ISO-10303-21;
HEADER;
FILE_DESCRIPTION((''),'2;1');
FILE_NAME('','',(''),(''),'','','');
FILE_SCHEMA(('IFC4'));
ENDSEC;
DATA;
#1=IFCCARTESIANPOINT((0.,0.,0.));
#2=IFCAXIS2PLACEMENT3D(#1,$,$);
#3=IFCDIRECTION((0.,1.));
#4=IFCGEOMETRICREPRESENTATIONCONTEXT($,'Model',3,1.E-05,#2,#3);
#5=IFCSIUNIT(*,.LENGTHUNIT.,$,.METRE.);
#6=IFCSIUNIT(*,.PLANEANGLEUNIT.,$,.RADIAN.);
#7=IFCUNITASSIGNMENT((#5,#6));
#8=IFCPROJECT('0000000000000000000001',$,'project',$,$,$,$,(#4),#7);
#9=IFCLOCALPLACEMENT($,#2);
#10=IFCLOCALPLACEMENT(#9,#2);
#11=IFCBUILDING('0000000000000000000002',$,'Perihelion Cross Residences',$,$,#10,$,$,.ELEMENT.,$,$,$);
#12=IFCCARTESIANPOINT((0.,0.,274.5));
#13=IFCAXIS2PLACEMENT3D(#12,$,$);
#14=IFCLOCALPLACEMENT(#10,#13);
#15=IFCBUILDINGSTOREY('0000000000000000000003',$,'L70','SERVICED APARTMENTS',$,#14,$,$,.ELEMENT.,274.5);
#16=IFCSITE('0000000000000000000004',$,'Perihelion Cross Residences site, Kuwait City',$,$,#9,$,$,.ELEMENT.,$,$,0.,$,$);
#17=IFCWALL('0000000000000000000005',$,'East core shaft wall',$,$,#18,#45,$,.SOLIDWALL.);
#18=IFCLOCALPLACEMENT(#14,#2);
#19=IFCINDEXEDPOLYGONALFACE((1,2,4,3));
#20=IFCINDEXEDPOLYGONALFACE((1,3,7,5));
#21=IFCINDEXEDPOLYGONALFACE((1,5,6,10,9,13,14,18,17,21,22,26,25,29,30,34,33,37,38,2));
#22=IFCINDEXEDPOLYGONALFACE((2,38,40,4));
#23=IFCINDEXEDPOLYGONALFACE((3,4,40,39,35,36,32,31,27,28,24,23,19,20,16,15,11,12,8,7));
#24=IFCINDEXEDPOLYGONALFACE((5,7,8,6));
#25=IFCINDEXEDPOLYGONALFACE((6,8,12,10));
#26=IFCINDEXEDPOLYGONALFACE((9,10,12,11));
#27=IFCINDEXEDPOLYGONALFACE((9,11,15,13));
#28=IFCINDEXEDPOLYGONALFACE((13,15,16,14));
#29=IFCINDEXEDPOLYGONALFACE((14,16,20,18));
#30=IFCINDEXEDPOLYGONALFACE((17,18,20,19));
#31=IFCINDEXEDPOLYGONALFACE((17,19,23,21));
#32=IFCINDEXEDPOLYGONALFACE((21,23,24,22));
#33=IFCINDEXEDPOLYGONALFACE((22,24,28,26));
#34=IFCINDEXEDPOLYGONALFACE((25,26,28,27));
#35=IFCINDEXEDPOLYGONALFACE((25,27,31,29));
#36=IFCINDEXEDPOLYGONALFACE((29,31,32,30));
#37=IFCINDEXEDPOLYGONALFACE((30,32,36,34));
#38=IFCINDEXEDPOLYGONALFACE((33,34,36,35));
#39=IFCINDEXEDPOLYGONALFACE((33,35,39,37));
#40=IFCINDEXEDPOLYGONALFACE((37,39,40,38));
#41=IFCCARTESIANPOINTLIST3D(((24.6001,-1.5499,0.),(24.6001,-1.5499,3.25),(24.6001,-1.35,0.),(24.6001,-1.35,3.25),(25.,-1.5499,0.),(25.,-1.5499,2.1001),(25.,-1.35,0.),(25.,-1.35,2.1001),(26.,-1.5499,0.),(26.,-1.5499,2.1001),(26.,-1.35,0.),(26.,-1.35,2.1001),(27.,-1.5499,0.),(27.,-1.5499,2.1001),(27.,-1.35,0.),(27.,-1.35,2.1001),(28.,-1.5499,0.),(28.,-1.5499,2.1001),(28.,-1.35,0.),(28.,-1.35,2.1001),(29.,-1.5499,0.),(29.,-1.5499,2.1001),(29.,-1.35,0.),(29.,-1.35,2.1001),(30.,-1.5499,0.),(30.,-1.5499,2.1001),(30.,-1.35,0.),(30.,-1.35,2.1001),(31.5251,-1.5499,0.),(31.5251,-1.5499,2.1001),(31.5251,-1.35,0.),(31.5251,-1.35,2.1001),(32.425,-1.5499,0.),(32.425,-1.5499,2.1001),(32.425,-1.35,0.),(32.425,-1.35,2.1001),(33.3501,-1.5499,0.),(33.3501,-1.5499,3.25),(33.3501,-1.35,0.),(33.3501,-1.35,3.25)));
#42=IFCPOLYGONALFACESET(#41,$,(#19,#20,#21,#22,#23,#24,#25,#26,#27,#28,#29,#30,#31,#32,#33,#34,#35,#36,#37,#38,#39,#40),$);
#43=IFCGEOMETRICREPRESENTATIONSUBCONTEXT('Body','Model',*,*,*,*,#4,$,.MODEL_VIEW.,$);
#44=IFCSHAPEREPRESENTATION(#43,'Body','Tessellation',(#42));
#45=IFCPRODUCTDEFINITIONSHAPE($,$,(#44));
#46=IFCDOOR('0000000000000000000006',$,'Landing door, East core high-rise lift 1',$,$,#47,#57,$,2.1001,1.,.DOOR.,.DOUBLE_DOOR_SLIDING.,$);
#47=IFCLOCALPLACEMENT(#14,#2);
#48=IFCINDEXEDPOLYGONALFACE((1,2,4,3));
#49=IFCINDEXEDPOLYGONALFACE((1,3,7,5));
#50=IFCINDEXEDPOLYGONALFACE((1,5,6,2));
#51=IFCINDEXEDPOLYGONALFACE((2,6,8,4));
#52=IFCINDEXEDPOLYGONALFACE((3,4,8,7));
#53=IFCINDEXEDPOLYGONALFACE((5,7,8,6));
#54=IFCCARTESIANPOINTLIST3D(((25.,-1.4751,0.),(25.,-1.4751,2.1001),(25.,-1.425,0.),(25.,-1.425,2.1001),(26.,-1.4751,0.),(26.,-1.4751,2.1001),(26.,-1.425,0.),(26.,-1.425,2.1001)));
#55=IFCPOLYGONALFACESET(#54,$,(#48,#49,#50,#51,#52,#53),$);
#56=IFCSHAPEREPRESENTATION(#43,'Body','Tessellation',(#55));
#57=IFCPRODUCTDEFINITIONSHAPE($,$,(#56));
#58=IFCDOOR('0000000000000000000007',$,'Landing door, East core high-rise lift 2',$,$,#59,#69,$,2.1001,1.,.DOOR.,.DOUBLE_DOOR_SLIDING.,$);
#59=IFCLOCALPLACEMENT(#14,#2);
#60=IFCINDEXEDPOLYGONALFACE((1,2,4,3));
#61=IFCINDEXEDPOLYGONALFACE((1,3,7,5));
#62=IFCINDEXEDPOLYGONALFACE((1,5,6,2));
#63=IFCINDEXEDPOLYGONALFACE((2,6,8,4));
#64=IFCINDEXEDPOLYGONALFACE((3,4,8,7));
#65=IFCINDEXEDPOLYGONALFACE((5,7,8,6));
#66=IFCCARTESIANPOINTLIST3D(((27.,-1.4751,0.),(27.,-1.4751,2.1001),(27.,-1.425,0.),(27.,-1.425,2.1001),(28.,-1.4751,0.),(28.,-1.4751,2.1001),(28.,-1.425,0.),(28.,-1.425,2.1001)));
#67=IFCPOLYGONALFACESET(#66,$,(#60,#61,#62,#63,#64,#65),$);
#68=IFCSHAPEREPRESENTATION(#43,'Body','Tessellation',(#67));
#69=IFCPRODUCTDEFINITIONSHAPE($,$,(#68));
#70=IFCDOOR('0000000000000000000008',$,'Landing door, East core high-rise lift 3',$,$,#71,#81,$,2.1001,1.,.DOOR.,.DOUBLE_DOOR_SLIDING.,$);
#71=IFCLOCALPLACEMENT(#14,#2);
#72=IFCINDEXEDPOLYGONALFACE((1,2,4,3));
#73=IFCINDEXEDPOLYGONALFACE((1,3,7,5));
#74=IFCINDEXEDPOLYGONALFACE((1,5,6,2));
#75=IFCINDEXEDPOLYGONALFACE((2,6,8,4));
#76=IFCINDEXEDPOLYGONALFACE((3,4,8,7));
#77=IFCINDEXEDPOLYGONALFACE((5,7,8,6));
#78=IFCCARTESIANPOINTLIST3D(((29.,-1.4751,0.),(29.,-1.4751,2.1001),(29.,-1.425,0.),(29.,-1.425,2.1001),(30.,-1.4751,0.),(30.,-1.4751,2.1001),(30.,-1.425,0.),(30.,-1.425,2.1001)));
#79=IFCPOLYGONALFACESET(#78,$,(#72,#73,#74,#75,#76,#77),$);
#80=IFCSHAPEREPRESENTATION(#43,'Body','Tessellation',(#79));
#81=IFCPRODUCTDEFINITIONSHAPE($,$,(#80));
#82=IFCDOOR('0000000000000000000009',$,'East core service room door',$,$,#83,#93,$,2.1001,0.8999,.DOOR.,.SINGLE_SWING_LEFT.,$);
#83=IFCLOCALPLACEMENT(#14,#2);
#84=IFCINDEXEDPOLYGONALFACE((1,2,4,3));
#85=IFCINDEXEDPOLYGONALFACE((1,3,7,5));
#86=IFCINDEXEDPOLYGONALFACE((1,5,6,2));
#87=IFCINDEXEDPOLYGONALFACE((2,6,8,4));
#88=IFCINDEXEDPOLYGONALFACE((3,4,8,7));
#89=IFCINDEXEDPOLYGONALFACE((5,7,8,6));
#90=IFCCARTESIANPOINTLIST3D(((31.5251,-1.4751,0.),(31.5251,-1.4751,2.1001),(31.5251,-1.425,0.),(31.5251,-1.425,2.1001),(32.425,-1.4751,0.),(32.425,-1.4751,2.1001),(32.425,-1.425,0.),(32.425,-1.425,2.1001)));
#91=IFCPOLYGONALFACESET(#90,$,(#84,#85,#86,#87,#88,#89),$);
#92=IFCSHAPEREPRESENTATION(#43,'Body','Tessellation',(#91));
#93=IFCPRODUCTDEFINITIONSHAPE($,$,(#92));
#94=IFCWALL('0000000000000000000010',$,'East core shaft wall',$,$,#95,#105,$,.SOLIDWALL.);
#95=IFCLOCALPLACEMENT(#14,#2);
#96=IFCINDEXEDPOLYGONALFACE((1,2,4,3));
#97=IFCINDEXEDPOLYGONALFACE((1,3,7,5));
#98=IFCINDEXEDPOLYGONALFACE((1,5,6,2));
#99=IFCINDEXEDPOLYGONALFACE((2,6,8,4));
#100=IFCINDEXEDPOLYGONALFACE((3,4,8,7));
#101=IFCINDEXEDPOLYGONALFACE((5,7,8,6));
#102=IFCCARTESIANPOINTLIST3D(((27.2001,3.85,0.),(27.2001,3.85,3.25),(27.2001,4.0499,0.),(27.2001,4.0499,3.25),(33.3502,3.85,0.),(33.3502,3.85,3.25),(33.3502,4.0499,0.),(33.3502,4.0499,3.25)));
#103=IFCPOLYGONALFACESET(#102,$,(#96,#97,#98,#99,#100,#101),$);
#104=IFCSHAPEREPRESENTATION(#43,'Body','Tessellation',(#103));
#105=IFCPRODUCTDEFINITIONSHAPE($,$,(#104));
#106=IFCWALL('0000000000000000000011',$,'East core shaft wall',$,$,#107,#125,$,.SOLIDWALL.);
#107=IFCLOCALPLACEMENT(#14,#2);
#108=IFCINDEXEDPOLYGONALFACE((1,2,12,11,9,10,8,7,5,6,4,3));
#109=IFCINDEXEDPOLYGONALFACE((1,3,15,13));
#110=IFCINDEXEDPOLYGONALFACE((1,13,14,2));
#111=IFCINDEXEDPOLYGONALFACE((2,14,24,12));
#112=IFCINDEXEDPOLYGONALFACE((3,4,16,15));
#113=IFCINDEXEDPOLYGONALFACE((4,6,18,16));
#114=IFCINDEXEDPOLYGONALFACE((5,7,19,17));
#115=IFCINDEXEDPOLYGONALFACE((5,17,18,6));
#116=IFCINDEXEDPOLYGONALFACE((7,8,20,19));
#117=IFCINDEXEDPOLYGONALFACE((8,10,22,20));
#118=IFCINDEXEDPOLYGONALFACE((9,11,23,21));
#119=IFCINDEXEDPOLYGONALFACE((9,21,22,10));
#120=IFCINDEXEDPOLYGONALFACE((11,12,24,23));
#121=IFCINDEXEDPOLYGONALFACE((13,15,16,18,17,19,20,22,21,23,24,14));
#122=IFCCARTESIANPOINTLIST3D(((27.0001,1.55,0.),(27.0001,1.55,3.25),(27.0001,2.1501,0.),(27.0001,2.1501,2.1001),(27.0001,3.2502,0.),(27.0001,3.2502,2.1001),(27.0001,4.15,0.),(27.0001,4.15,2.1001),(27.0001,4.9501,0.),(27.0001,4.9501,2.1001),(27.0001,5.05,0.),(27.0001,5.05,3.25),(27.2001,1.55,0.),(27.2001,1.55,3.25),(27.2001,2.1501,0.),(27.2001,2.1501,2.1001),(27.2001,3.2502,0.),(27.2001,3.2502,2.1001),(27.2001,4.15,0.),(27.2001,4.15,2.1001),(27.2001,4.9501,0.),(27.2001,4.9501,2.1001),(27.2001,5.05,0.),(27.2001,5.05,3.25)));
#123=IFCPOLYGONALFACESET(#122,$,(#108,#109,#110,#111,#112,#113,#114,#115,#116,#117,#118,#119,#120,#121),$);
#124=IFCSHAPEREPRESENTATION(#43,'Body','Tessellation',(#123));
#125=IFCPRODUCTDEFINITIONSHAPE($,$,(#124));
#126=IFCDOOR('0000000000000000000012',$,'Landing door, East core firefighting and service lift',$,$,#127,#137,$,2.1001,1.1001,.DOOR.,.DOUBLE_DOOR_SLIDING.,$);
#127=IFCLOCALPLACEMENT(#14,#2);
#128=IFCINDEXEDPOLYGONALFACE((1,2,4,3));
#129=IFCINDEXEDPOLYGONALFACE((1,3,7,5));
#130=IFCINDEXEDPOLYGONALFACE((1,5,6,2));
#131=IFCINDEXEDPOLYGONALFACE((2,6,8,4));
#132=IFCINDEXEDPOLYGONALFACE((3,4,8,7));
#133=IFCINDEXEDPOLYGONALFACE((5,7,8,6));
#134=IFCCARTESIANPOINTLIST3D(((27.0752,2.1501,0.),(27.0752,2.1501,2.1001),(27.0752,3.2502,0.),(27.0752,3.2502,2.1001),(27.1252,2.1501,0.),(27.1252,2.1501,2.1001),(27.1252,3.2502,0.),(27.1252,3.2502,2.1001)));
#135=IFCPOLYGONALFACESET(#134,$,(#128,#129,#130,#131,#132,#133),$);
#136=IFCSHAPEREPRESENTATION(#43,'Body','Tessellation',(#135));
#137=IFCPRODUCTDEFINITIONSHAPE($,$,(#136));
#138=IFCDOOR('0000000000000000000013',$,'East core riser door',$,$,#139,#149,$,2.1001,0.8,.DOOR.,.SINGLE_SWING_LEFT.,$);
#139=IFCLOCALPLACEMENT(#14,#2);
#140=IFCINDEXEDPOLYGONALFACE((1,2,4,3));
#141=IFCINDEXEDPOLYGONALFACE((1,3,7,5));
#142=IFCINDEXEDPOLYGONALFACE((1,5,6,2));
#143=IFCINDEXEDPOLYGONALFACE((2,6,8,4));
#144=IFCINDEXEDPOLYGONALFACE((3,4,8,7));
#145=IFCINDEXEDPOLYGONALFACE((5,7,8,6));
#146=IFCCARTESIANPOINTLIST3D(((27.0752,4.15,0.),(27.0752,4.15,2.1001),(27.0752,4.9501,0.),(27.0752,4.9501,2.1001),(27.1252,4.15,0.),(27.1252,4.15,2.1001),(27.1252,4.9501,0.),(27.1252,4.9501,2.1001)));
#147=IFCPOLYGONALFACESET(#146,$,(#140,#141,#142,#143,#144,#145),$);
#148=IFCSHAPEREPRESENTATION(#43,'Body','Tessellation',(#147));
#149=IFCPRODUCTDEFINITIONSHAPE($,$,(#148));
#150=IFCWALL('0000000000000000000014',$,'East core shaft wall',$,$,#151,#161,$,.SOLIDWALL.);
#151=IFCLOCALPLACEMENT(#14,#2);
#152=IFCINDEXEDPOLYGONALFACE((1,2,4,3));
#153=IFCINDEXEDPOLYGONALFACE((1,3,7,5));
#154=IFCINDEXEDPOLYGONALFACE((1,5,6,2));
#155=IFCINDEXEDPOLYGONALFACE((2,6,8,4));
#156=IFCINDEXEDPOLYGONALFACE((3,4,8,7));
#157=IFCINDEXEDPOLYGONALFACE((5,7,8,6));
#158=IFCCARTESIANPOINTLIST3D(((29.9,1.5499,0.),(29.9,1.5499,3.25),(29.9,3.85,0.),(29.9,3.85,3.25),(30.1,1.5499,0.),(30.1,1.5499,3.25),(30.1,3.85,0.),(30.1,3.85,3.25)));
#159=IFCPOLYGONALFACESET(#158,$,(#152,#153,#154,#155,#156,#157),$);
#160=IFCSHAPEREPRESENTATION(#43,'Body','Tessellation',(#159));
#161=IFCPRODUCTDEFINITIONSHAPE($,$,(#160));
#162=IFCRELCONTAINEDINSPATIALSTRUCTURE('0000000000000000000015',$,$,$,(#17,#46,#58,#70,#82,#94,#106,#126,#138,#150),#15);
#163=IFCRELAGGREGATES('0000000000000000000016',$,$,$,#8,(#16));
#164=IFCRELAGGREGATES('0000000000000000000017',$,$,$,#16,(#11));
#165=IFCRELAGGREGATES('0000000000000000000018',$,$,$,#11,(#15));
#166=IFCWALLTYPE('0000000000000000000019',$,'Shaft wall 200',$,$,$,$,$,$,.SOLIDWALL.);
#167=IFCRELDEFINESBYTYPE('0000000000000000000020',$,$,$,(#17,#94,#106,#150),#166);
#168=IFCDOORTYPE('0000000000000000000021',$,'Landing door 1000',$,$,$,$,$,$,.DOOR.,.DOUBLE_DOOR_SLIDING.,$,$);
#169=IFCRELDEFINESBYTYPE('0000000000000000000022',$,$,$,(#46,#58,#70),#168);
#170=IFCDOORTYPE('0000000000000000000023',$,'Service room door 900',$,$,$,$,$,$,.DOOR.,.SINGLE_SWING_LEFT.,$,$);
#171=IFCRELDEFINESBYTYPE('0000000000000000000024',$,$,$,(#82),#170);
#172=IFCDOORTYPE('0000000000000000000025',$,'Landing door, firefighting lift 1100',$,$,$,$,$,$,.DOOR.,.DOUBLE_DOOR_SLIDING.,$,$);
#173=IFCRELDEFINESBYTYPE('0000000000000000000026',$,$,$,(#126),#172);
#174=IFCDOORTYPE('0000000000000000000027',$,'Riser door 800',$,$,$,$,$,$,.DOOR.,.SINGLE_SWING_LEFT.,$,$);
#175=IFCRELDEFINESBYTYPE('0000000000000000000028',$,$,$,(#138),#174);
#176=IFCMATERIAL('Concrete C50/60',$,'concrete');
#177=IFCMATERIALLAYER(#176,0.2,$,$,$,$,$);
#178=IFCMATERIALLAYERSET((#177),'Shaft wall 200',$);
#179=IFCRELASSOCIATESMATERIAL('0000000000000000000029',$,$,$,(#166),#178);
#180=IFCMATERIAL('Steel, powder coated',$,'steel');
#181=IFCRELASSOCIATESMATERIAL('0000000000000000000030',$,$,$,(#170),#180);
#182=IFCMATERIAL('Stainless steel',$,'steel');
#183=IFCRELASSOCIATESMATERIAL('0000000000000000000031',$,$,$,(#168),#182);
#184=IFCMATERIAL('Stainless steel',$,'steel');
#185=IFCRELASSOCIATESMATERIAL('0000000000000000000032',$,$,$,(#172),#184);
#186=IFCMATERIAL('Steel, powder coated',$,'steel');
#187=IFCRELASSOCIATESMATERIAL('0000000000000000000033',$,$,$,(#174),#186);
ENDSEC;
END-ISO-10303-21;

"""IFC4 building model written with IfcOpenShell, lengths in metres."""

from ifc_helpers import new_model, si_unit, direction, frame, frame_2d, origin, place, context, subcontext, project, spatial, rectangle, extrude, material, layer, layer_set, type_object, element, fill, save


model = new_model("IFC4")

# Units and contexts
model_context = context("Model", 3, precision=1e-05, world=origin(), true_north=direction((0.0, 1.0)))
body_context = subcontext(model_context, "Body", "Model", "MODEL_VIEW")
ifc_project = project(units=[si_unit("LENGTHUNIT", "METRE"), si_unit("PLANEANGLEUNIT", "RADIAN")], contexts=[model_context])

# Site, building, storey
site_placement = place(None, origin())
site = spatial("IfcSite", under=ifc_project, at=site_placement, Name="Perihelion Cross Residences site, Kuwait City", CompositionType="ELEMENT", RefElevation=0.0)
building_placement = place(site_placement, origin())
building = spatial("IfcBuilding", under=site, at=building_placement, Name="Perihelion Cross Residences", CompositionType="ELEMENT")
storey_placement = place(building_placement, frame((0.0, 0.0, 274.5)))
storey = spatial("IfcBuildingStorey", under=building, at=storey_placement, Name="L70", Description="SERVICED APARTMENTS", CompositionType="ELEMENT", Elevation=274.5)

# Wall, openings, doors
ifc_material_1 = material(Name="Concrete C50/60", Category="concrete")
ifc_layer_1 = layer(ifc_material_1, 0.2)
ifc_layer_set_1 = layer_set([ifc_layer_1], Name="Shaft wall 200")
wall_type_1 = type_object("IfcWallType", Name="Shaft wall 200", PredefinedType="SOLIDWALL", material=ifc_layer_set_1)
ifc_material_2 = material(Name="Steel, powder coated", Category="steel")
door_type_1 = type_object("IfcDoorType", Name="Service room door 900", OperationType="SINGLE_SWING_LEFT", PredefinedType="DOOR", material=ifc_material_2)
wall_1_placement = place(storey_placement, frame((24.6001, -1.45, 0.0), z_axis=(0.0, 0.0, 1.0), x_axis=(1.0, 0.0, 0.0)))
wall_1 = element("IfcWall", 1, at=wall_1_placement, inside=storey, type_object=wall_type_1, Name="East core shaft wall", PredefinedType="SOLIDWALL", context=body_context, shape_type="SweptSolid", body=[
    extrude(rectangle(XDim=8.75, YDim=0.2, at=frame_2d((4.375, 0.0))), origin(), (0.0, 0.0, 1.0), 3.25),
])
opening_1_placement = place(wall_1_placement, frame((0.3999, 0.0, 0.0)))
opening_1 = element("IfcOpeningElement", 2, at=opening_1_placement, cuts=wall_1, PredefinedType="OPENING", context=body_context, shape_type="SweptSolid", body=[
    extrude(rectangle(XDim=1.0, YDim=2.1001, at=frame_2d((0.5, 1.05))), frame((0.0, 0.1099, 0.0), z_axis=(0.0, -1.0, 0.0), x_axis=(1.0, 0.0, 0.0)), (0.0, 0.0, 1.0), 0.22),
])
opening_2_placement = place(wall_1_placement, frame((2.3999, 0.0, 0.0)))
opening_2 = element("IfcOpeningElement", 3, at=opening_2_placement, cuts=wall_1, PredefinedType="OPENING", context=body_context, shape_type="SweptSolid", body=[
    extrude(rectangle(XDim=1.0, YDim=2.1001, at=frame_2d((0.5, 1.05))), frame((0.0, 0.1099, 0.0), z_axis=(0.0, -1.0, 0.0), x_axis=(1.0, 0.0, 0.0)), (0.0, 0.0, 1.0), 0.22),
])
opening_3_placement = place(wall_1_placement, frame((4.3999, 0.0, 0.0)))
opening_3 = element("IfcOpeningElement", 4, at=opening_3_placement, cuts=wall_1, PredefinedType="OPENING", context=body_context, shape_type="SweptSolid", body=[
    extrude(rectangle(XDim=1.0, YDim=2.1001, at=frame_2d((0.5, 1.05))), frame((0.0, 0.1099, 0.0), z_axis=(0.0, -1.0, 0.0), x_axis=(1.0, 0.0, 0.0)), (0.0, 0.0, 1.0), 0.22),
])
opening_4_placement = place(wall_1_placement, frame((6.925, 0.0, 0.0)))
opening_4 = element("IfcOpeningElement", 5, at=opening_4_placement, cuts=wall_1, PredefinedType="OPENING", context=body_context, shape_type="SweptSolid", body=[
    extrude(rectangle(XDim=0.8999, YDim=2.1001, at=frame_2d((0.45, 1.05))), frame((0.0, 0.1099, 0.0), z_axis=(0.0, -1.0, 0.0), x_axis=(1.0, 0.0, 0.0)), (0.0, 0.0, 1.0), 0.22),
])
ifc_material_3 = material(Name="Stainless steel", Category="steel")
door_type_2 = type_object("IfcDoorType", Name="Landing door 1000", OperationType="DOUBLE_DOOR_SLIDING", PredefinedType="DOOR", material=ifc_material_3)
door_1_placement = place(opening_1_placement, origin())
door_1 = element("IfcDoor", 6, at=door_1_placement, inside=storey, type_object=door_type_2, Name="Landing door, East core high-rise lift 1", OperationType="DOUBLE_DOOR_SLIDING", OverallHeight=2.1001, OverallWidth=1.0, PredefinedType="DOOR", context=body_context, shape_type="SweptSolid", body=[
    extrude(rectangle(XDim=1.0, YDim=2.1001, at=frame_2d((0.5, 1.05))), frame((0.0, 0.0249, 0.0), z_axis=(0.0, -1.0, 0.0), x_axis=(1.0, 0.0, 0.0)), (0.0, 0.0, 1.0), 0.05),
])
fill(opening_1, door_1)
door_2_placement = place(opening_2_placement, origin())
door_2 = element("IfcDoor", 7, at=door_2_placement, inside=storey, type_object=door_type_2, Name="Landing door, East core high-rise lift 2", OperationType="DOUBLE_DOOR_SLIDING", OverallHeight=2.1001, OverallWidth=1.0, PredefinedType="DOOR", context=body_context, shape_type="SweptSolid", body=[
    extrude(rectangle(XDim=1.0, YDim=2.1001, at=frame_2d((0.5, 1.05))), frame((0.0, 0.0249, 0.0), z_axis=(0.0, -1.0, 0.0), x_axis=(1.0, 0.0, 0.0)), (0.0, 0.0, 1.0), 0.05),
])
fill(opening_2, door_2)
door_3_placement = place(opening_3_placement, origin())
door_3 = element("IfcDoor", 8, at=door_3_placement, inside=storey, type_object=door_type_2, Name="Landing door, East core high-rise lift 3", OperationType="DOUBLE_DOOR_SLIDING", OverallHeight=2.1001, OverallWidth=1.0, PredefinedType="DOOR", context=body_context, shape_type="SweptSolid", body=[
    extrude(rectangle(XDim=1.0, YDim=2.1001, at=frame_2d((0.5, 1.05))), frame((0.0, 0.0249, 0.0), z_axis=(0.0, -1.0, 0.0), x_axis=(1.0, 0.0, 0.0)), (0.0, 0.0, 1.0), 0.05),
])
fill(opening_3, door_3)
door_4_placement = place(opening_4_placement, origin())
door_4 = element("IfcDoor", 9, at=door_4_placement, inside=storey, type_object=door_type_1, Name="East core service room door", OperationType="SINGLE_SWING_LEFT", OverallHeight=2.1001, OverallWidth=0.8999, PredefinedType="DOOR", context=body_context, shape_type="SweptSolid", body=[
    extrude(rectangle(XDim=0.8999, YDim=2.1001, at=frame_2d((0.45, 1.05))), frame((0.0, 0.0249, 0.0), z_axis=(0.0, -1.0, 0.0), x_axis=(1.0, 0.0, 0.0)), (0.0, 0.0, 1.0), 0.05),
])
fill(opening_4, door_4)

# Wall
wall_2_placement = place(storey_placement, frame((27.2, 3.95, 0.0), z_axis=(0.0, 0.0, 1.0), x_axis=(1.0, 0.0, 0.0)))
element("IfcWall", 10, at=wall_2_placement, inside=storey, type_object=wall_type_1, Name="East core shaft wall", PredefinedType="SOLIDWALL", context=body_context, shape_type="SweptSolid", body=[
    extrude(rectangle(XDim=6.1501, YDim=0.2, at=frame_2d((3.0752, 0.0))), origin(), (0.0, 0.0, 1.0), 3.25),
])

# Wall, openings, doors
wall_3_placement = place(storey_placement, frame((27.1001, 1.55, 0.0), z_axis=(0.0, 0.0, 1.0), x_axis=(0.0, 1.0, 0.0)))
wall_3 = element("IfcWall", 11, at=wall_3_placement, inside=storey, type_object=wall_type_1, Name="East core shaft wall", PredefinedType="SOLIDWALL", context=body_context, shape_type="SweptSolid", body=[
    extrude(rectangle(XDim=3.5, YDim=0.2, at=frame_2d((1.75, 0.0))), origin(), (0.0, 0.0, 1.0), 3.25),
])
opening_5_placement = place(wall_3_placement, frame((0.6001, 0.0, 0.0)))
opening_5 = element("IfcOpeningElement", 12, at=opening_5_placement, cuts=wall_3, PredefinedType="OPENING", context=body_context, shape_type="SweptSolid", body=[
    extrude(rectangle(XDim=1.1001, YDim=2.1001, at=frame_2d((0.55, 1.05))), frame((0.0, 0.1099, 0.0), z_axis=(0.0, -1.0, 0.0), x_axis=(1.0, 0.0, 0.0)), (0.0, 0.0, 1.0), 0.22),
])
opening_6_placement = place(wall_3_placement, frame((2.6001, 0.0, 0.0)))
opening_6 = element("IfcOpeningElement", 13, at=opening_6_placement, cuts=wall_3, PredefinedType="OPENING", context=body_context, shape_type="SweptSolid", body=[
    extrude(rectangle(XDim=0.8, YDim=2.1001, at=frame_2d((0.3999, 1.05))), frame((0.0, 0.1099, 0.0), z_axis=(0.0, -1.0, 0.0), x_axis=(1.0, 0.0, 0.0)), (0.0, 0.0, 1.0), 0.22),
])
ifc_material_4 = material(Name="Stainless steel", Category="steel")
door_type_3 = type_object("IfcDoorType", Name="Landing door, firefighting lift 1100", OperationType="DOUBLE_DOOR_SLIDING", PredefinedType="DOOR", material=ifc_material_4)
door_5_placement = place(opening_5_placement, origin())
door_5 = element("IfcDoor", 14, at=door_5_placement, inside=storey, type_object=door_type_3, Name="Landing door, East core firefighting and service lift", OperationType="DOUBLE_DOOR_SLIDING", OverallHeight=2.1001, OverallWidth=1.1001, PredefinedType="DOOR", context=body_context, shape_type="SweptSolid", body=[
    extrude(rectangle(XDim=1.1001, YDim=2.1001, at=frame_2d((0.55, 1.05))), frame((0.0, 0.0249, 0.0), z_axis=(0.0, -1.0, 0.0), x_axis=(1.0, 0.0, 0.0)), (0.0, 0.0, 1.0), 0.05),
])
fill(opening_5, door_5)
ifc_material_5 = material(Name="Steel, powder coated", Category="steel")
door_type_4 = type_object("IfcDoorType", Name="Riser door 800", OperationType="SINGLE_SWING_LEFT", PredefinedType="DOOR", material=ifc_material_5)
door_6_placement = place(opening_6_placement, origin())
door_6 = element("IfcDoor", 15, at=door_6_placement, inside=storey, type_object=door_type_4, Name="East core riser door", OperationType="SINGLE_SWING_LEFT", OverallHeight=2.1001, OverallWidth=0.8, PredefinedType="DOOR", context=body_context, shape_type="SweptSolid", body=[
    extrude(rectangle(XDim=0.8, YDim=2.1001, at=frame_2d((0.3999, 1.05))), frame((0.0, 0.0249, 0.0), z_axis=(0.0, -1.0, 0.0), x_axis=(1.0, 0.0, 0.0)), (0.0, 0.0, 1.0), 0.05),
])
fill(opening_6, door_6)

# Wall
wall_4_placement = place(storey_placement, frame((30.0, 1.55, 0.0), z_axis=(0.0, 0.0, 1.0), x_axis=(0.0, 1.0, 0.0)))
element("IfcWall", 16, at=wall_4_placement, inside=storey, type_object=wall_type_1, Name="East core shaft wall", PredefinedType="SOLIDWALL", context=body_context, shape_type="SweptSolid", body=[
    extrude(rectangle(XDim=2.3, YDim=0.2, at=frame_2d((1.1499, 0.0))), origin(), (0.0, 0.0, 1.0), 3.25),
])

save(model, "model.ifc")
